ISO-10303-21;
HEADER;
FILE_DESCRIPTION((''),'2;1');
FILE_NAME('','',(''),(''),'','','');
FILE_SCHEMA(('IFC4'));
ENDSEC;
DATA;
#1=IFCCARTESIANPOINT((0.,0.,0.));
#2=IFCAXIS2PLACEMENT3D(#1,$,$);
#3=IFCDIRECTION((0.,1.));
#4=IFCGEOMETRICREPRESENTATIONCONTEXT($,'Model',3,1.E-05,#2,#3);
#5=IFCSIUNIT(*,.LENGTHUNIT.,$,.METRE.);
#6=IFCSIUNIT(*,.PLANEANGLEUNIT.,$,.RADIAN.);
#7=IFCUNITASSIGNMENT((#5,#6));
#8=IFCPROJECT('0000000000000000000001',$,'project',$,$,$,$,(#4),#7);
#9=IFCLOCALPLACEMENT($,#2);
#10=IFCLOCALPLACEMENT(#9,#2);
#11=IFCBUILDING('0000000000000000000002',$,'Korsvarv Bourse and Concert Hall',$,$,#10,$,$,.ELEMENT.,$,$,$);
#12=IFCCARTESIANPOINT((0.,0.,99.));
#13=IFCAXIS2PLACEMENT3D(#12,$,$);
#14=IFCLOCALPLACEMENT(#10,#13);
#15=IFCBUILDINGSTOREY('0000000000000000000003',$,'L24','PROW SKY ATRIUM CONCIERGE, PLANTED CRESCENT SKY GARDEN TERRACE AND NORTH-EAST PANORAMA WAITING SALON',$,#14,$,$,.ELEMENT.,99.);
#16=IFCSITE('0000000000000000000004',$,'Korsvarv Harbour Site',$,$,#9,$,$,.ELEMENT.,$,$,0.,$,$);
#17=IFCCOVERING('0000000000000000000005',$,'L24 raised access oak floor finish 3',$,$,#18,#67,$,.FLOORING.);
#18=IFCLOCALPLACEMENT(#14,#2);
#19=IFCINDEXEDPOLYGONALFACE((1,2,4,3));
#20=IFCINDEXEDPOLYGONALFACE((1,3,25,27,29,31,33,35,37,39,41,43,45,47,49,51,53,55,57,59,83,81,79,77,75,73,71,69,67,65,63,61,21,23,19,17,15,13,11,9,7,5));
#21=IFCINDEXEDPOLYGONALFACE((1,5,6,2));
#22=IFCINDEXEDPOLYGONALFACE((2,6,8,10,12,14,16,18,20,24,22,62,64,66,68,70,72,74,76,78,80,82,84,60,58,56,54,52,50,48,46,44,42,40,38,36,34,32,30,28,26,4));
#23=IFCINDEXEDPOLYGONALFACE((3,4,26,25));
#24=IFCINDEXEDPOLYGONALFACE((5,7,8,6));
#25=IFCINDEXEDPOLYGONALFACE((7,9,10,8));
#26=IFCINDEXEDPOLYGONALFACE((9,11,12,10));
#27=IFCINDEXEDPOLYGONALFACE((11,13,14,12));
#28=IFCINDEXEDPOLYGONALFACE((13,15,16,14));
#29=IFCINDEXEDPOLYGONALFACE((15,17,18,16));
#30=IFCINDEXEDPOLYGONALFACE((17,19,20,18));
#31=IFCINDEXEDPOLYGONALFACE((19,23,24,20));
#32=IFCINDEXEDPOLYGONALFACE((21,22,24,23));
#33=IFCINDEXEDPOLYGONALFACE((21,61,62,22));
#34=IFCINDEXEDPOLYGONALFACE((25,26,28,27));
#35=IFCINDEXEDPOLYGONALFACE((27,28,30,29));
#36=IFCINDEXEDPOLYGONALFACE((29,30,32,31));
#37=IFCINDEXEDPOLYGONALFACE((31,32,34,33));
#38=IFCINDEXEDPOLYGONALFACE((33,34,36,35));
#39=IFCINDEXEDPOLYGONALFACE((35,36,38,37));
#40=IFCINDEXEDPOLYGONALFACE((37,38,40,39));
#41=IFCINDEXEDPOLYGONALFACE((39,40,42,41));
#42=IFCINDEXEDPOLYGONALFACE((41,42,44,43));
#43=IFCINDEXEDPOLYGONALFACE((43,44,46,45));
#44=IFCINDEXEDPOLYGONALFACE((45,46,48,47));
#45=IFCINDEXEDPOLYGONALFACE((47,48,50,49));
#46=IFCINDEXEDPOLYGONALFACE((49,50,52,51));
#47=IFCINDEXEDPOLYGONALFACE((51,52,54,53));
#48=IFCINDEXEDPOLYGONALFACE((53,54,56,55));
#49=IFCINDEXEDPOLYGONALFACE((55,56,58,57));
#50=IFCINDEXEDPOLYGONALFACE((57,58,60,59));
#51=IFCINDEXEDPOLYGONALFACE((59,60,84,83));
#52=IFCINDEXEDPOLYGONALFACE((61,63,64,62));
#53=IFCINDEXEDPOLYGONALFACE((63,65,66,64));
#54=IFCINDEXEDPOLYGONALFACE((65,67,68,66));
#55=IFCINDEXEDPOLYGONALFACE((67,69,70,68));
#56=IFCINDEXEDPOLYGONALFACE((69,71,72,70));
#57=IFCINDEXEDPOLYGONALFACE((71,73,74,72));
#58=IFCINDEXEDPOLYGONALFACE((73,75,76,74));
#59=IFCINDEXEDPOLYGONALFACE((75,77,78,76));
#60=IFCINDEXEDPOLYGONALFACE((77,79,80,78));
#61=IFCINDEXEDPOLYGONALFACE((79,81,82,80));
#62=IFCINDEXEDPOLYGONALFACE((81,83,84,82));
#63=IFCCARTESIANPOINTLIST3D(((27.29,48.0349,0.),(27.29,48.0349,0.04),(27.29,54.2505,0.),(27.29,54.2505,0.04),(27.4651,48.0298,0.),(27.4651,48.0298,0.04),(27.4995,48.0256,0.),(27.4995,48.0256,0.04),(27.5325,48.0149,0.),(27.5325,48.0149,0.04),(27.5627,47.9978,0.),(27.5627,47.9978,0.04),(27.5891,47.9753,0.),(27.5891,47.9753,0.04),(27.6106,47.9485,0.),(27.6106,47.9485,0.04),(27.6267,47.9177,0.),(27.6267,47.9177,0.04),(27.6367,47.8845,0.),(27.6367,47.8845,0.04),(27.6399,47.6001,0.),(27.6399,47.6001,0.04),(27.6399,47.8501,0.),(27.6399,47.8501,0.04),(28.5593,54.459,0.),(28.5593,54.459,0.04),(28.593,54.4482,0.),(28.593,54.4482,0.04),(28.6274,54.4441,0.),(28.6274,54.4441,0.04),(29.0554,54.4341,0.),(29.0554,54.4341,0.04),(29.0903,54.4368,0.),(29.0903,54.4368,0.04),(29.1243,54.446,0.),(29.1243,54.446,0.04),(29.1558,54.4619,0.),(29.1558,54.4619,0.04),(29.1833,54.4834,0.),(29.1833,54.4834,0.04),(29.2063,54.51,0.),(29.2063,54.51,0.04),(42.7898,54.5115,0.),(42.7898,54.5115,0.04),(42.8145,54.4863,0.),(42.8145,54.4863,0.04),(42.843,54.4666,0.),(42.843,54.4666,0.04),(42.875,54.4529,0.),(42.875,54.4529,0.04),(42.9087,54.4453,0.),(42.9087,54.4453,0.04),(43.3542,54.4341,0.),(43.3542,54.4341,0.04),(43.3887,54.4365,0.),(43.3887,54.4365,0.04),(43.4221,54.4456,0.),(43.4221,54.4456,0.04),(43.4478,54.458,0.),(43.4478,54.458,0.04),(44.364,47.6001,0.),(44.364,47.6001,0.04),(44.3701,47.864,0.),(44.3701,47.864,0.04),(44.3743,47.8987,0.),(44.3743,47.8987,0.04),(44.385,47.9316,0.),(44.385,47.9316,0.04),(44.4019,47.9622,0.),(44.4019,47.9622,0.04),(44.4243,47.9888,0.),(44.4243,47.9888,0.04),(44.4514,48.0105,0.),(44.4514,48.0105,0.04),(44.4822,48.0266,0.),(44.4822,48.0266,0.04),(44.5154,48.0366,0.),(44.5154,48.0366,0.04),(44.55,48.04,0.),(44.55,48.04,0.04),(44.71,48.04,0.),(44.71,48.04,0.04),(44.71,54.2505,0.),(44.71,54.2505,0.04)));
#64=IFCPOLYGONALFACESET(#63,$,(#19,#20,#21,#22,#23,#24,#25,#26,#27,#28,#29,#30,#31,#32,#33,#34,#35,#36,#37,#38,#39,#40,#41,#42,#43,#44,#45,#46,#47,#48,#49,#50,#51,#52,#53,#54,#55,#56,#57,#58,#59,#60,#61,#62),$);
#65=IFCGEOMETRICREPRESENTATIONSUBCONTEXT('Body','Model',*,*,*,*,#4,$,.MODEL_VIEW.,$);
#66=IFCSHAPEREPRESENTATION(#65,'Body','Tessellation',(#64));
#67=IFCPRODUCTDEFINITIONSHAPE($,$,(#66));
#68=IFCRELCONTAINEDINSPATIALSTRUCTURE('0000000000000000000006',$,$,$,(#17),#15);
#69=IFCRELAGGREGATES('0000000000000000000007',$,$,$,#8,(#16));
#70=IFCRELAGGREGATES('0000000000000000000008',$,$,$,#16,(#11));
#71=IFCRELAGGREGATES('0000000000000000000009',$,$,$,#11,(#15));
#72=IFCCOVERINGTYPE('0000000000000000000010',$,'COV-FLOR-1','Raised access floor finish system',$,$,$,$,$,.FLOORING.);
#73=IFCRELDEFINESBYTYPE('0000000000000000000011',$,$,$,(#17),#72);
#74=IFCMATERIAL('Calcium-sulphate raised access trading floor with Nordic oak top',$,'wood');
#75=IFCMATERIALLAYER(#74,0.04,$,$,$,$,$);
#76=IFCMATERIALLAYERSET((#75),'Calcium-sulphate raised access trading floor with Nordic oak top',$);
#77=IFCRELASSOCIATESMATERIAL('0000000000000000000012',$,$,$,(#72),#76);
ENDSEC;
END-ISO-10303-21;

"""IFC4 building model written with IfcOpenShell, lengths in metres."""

from ifc_helpers import new_model, si_unit, direction, frame, origin, place, context, subcontext, project, spatial, polyline, outline, extrude, material, layer, layer_set, type_object, element, save


model = new_model("IFC4")

# Units and contexts
model_context = context("Model", 3, precision=1e-05, world=origin(), true_north=direction((0.0, 1.0)))
body_context = subcontext(model_context, "Body", "Model", "MODEL_VIEW")
ifc_project = project(units=[si_unit("LENGTHUNIT", "METRE"), si_unit("PLANEANGLEUNIT", "RADIAN")], contexts=[model_context])

# Site, building, storey
site_placement = place(None, origin())
site = spatial("IfcSite", under=ifc_project, at=site_placement, Name="Korsvarv Harbour Site", CompositionType="ELEMENT", RefElevation=0.0)
building_placement = place(site_placement, origin())
building = spatial("IfcBuilding", under=site, at=building_placement, Name="Korsvarv Bourse and Concert Hall", CompositionType="ELEMENT")
storey_placement = place(building_placement, frame((0.0, 0.0, 99.0)))
storey = spatial("IfcBuildingStorey", under=building, at=storey_placement, Name="L24", Description="PROW SKY ATRIUM CONCIERGE, PLANTED CRESCENT SKY GARDEN TERRACE AND NORTH-EAST PANORAMA WAITING SALON", CompositionType="ELEMENT", Elevation=99.0)

# Covering
ifc_material_1 = material(Name="Calcium-sulphate raised access trading floor with Nordic oak top", Category="wood")
ifc_layer_1 = layer(ifc_material_1, 0.04)
ifc_layer_set_1 = layer_set([ifc_layer_1], Name="Calcium-sulphate raised access trading floor with Nordic oak top")
covering_type_1 = type_object("IfcCoveringType", Name="COV-FLOR-1", Description="Raised access floor finish system", PredefinedType="FLOORING", material=ifc_layer_set_1)
covering_1_placement = place(storey_placement, origin())
element("IfcCovering", 1, at=covering_1_placement, inside=storey, type_object=covering_type_1, Name="L24 raised access oak floor finish 3", PredefinedType="FLOORING", context=body_context, shape_type="SweptSolid", body=[
    extrude(outline(polyline([(28.5593, 54.459), (28.593, 54.4482), (28.6274, 54.4441), (29.0554, 54.4341), (29.0903, 54.4368), (29.1243, 54.446), (29.1558, 54.4619), (29.1833, 54.4834), (29.2063, 54.51), (42.7898, 54.5115), (42.8145, 54.4863), (42.843, 54.4666), (42.875, 54.4529), (42.9087, 54.4453), (43.3542, 54.4341), (43.3887, 54.4365), (43.4221, 54.4456), (43.4478, 54.458), (44.71, 54.2505), (44.71, 48.04), (44.55, 48.04), (44.5154, 48.0366), (44.4822, 48.0266), (44.4514, 48.0105), (44.4243, 47.9888), (44.4019, 47.9622), (44.385, 47.9316), (44.3743, 47.8987), (44.3701, 47.864), (44.364, 47.6001), (27.6399, 47.6001), (27.6399, 47.8501), (27.6367, 47.8845), (27.6267, 47.9177), (27.6106, 47.9485), (27.5891, 47.9753), (27.5627, 47.9978), (27.5325, 48.0149), (27.4995, 48.0256), (27.4651, 48.0298), (27.29, 48.0349), (27.29, 54.2505), (28.5593, 54.459)])), origin(), (0.0, 0.0, 1.0), 0.04),
])

save(model, "model.ifc")
